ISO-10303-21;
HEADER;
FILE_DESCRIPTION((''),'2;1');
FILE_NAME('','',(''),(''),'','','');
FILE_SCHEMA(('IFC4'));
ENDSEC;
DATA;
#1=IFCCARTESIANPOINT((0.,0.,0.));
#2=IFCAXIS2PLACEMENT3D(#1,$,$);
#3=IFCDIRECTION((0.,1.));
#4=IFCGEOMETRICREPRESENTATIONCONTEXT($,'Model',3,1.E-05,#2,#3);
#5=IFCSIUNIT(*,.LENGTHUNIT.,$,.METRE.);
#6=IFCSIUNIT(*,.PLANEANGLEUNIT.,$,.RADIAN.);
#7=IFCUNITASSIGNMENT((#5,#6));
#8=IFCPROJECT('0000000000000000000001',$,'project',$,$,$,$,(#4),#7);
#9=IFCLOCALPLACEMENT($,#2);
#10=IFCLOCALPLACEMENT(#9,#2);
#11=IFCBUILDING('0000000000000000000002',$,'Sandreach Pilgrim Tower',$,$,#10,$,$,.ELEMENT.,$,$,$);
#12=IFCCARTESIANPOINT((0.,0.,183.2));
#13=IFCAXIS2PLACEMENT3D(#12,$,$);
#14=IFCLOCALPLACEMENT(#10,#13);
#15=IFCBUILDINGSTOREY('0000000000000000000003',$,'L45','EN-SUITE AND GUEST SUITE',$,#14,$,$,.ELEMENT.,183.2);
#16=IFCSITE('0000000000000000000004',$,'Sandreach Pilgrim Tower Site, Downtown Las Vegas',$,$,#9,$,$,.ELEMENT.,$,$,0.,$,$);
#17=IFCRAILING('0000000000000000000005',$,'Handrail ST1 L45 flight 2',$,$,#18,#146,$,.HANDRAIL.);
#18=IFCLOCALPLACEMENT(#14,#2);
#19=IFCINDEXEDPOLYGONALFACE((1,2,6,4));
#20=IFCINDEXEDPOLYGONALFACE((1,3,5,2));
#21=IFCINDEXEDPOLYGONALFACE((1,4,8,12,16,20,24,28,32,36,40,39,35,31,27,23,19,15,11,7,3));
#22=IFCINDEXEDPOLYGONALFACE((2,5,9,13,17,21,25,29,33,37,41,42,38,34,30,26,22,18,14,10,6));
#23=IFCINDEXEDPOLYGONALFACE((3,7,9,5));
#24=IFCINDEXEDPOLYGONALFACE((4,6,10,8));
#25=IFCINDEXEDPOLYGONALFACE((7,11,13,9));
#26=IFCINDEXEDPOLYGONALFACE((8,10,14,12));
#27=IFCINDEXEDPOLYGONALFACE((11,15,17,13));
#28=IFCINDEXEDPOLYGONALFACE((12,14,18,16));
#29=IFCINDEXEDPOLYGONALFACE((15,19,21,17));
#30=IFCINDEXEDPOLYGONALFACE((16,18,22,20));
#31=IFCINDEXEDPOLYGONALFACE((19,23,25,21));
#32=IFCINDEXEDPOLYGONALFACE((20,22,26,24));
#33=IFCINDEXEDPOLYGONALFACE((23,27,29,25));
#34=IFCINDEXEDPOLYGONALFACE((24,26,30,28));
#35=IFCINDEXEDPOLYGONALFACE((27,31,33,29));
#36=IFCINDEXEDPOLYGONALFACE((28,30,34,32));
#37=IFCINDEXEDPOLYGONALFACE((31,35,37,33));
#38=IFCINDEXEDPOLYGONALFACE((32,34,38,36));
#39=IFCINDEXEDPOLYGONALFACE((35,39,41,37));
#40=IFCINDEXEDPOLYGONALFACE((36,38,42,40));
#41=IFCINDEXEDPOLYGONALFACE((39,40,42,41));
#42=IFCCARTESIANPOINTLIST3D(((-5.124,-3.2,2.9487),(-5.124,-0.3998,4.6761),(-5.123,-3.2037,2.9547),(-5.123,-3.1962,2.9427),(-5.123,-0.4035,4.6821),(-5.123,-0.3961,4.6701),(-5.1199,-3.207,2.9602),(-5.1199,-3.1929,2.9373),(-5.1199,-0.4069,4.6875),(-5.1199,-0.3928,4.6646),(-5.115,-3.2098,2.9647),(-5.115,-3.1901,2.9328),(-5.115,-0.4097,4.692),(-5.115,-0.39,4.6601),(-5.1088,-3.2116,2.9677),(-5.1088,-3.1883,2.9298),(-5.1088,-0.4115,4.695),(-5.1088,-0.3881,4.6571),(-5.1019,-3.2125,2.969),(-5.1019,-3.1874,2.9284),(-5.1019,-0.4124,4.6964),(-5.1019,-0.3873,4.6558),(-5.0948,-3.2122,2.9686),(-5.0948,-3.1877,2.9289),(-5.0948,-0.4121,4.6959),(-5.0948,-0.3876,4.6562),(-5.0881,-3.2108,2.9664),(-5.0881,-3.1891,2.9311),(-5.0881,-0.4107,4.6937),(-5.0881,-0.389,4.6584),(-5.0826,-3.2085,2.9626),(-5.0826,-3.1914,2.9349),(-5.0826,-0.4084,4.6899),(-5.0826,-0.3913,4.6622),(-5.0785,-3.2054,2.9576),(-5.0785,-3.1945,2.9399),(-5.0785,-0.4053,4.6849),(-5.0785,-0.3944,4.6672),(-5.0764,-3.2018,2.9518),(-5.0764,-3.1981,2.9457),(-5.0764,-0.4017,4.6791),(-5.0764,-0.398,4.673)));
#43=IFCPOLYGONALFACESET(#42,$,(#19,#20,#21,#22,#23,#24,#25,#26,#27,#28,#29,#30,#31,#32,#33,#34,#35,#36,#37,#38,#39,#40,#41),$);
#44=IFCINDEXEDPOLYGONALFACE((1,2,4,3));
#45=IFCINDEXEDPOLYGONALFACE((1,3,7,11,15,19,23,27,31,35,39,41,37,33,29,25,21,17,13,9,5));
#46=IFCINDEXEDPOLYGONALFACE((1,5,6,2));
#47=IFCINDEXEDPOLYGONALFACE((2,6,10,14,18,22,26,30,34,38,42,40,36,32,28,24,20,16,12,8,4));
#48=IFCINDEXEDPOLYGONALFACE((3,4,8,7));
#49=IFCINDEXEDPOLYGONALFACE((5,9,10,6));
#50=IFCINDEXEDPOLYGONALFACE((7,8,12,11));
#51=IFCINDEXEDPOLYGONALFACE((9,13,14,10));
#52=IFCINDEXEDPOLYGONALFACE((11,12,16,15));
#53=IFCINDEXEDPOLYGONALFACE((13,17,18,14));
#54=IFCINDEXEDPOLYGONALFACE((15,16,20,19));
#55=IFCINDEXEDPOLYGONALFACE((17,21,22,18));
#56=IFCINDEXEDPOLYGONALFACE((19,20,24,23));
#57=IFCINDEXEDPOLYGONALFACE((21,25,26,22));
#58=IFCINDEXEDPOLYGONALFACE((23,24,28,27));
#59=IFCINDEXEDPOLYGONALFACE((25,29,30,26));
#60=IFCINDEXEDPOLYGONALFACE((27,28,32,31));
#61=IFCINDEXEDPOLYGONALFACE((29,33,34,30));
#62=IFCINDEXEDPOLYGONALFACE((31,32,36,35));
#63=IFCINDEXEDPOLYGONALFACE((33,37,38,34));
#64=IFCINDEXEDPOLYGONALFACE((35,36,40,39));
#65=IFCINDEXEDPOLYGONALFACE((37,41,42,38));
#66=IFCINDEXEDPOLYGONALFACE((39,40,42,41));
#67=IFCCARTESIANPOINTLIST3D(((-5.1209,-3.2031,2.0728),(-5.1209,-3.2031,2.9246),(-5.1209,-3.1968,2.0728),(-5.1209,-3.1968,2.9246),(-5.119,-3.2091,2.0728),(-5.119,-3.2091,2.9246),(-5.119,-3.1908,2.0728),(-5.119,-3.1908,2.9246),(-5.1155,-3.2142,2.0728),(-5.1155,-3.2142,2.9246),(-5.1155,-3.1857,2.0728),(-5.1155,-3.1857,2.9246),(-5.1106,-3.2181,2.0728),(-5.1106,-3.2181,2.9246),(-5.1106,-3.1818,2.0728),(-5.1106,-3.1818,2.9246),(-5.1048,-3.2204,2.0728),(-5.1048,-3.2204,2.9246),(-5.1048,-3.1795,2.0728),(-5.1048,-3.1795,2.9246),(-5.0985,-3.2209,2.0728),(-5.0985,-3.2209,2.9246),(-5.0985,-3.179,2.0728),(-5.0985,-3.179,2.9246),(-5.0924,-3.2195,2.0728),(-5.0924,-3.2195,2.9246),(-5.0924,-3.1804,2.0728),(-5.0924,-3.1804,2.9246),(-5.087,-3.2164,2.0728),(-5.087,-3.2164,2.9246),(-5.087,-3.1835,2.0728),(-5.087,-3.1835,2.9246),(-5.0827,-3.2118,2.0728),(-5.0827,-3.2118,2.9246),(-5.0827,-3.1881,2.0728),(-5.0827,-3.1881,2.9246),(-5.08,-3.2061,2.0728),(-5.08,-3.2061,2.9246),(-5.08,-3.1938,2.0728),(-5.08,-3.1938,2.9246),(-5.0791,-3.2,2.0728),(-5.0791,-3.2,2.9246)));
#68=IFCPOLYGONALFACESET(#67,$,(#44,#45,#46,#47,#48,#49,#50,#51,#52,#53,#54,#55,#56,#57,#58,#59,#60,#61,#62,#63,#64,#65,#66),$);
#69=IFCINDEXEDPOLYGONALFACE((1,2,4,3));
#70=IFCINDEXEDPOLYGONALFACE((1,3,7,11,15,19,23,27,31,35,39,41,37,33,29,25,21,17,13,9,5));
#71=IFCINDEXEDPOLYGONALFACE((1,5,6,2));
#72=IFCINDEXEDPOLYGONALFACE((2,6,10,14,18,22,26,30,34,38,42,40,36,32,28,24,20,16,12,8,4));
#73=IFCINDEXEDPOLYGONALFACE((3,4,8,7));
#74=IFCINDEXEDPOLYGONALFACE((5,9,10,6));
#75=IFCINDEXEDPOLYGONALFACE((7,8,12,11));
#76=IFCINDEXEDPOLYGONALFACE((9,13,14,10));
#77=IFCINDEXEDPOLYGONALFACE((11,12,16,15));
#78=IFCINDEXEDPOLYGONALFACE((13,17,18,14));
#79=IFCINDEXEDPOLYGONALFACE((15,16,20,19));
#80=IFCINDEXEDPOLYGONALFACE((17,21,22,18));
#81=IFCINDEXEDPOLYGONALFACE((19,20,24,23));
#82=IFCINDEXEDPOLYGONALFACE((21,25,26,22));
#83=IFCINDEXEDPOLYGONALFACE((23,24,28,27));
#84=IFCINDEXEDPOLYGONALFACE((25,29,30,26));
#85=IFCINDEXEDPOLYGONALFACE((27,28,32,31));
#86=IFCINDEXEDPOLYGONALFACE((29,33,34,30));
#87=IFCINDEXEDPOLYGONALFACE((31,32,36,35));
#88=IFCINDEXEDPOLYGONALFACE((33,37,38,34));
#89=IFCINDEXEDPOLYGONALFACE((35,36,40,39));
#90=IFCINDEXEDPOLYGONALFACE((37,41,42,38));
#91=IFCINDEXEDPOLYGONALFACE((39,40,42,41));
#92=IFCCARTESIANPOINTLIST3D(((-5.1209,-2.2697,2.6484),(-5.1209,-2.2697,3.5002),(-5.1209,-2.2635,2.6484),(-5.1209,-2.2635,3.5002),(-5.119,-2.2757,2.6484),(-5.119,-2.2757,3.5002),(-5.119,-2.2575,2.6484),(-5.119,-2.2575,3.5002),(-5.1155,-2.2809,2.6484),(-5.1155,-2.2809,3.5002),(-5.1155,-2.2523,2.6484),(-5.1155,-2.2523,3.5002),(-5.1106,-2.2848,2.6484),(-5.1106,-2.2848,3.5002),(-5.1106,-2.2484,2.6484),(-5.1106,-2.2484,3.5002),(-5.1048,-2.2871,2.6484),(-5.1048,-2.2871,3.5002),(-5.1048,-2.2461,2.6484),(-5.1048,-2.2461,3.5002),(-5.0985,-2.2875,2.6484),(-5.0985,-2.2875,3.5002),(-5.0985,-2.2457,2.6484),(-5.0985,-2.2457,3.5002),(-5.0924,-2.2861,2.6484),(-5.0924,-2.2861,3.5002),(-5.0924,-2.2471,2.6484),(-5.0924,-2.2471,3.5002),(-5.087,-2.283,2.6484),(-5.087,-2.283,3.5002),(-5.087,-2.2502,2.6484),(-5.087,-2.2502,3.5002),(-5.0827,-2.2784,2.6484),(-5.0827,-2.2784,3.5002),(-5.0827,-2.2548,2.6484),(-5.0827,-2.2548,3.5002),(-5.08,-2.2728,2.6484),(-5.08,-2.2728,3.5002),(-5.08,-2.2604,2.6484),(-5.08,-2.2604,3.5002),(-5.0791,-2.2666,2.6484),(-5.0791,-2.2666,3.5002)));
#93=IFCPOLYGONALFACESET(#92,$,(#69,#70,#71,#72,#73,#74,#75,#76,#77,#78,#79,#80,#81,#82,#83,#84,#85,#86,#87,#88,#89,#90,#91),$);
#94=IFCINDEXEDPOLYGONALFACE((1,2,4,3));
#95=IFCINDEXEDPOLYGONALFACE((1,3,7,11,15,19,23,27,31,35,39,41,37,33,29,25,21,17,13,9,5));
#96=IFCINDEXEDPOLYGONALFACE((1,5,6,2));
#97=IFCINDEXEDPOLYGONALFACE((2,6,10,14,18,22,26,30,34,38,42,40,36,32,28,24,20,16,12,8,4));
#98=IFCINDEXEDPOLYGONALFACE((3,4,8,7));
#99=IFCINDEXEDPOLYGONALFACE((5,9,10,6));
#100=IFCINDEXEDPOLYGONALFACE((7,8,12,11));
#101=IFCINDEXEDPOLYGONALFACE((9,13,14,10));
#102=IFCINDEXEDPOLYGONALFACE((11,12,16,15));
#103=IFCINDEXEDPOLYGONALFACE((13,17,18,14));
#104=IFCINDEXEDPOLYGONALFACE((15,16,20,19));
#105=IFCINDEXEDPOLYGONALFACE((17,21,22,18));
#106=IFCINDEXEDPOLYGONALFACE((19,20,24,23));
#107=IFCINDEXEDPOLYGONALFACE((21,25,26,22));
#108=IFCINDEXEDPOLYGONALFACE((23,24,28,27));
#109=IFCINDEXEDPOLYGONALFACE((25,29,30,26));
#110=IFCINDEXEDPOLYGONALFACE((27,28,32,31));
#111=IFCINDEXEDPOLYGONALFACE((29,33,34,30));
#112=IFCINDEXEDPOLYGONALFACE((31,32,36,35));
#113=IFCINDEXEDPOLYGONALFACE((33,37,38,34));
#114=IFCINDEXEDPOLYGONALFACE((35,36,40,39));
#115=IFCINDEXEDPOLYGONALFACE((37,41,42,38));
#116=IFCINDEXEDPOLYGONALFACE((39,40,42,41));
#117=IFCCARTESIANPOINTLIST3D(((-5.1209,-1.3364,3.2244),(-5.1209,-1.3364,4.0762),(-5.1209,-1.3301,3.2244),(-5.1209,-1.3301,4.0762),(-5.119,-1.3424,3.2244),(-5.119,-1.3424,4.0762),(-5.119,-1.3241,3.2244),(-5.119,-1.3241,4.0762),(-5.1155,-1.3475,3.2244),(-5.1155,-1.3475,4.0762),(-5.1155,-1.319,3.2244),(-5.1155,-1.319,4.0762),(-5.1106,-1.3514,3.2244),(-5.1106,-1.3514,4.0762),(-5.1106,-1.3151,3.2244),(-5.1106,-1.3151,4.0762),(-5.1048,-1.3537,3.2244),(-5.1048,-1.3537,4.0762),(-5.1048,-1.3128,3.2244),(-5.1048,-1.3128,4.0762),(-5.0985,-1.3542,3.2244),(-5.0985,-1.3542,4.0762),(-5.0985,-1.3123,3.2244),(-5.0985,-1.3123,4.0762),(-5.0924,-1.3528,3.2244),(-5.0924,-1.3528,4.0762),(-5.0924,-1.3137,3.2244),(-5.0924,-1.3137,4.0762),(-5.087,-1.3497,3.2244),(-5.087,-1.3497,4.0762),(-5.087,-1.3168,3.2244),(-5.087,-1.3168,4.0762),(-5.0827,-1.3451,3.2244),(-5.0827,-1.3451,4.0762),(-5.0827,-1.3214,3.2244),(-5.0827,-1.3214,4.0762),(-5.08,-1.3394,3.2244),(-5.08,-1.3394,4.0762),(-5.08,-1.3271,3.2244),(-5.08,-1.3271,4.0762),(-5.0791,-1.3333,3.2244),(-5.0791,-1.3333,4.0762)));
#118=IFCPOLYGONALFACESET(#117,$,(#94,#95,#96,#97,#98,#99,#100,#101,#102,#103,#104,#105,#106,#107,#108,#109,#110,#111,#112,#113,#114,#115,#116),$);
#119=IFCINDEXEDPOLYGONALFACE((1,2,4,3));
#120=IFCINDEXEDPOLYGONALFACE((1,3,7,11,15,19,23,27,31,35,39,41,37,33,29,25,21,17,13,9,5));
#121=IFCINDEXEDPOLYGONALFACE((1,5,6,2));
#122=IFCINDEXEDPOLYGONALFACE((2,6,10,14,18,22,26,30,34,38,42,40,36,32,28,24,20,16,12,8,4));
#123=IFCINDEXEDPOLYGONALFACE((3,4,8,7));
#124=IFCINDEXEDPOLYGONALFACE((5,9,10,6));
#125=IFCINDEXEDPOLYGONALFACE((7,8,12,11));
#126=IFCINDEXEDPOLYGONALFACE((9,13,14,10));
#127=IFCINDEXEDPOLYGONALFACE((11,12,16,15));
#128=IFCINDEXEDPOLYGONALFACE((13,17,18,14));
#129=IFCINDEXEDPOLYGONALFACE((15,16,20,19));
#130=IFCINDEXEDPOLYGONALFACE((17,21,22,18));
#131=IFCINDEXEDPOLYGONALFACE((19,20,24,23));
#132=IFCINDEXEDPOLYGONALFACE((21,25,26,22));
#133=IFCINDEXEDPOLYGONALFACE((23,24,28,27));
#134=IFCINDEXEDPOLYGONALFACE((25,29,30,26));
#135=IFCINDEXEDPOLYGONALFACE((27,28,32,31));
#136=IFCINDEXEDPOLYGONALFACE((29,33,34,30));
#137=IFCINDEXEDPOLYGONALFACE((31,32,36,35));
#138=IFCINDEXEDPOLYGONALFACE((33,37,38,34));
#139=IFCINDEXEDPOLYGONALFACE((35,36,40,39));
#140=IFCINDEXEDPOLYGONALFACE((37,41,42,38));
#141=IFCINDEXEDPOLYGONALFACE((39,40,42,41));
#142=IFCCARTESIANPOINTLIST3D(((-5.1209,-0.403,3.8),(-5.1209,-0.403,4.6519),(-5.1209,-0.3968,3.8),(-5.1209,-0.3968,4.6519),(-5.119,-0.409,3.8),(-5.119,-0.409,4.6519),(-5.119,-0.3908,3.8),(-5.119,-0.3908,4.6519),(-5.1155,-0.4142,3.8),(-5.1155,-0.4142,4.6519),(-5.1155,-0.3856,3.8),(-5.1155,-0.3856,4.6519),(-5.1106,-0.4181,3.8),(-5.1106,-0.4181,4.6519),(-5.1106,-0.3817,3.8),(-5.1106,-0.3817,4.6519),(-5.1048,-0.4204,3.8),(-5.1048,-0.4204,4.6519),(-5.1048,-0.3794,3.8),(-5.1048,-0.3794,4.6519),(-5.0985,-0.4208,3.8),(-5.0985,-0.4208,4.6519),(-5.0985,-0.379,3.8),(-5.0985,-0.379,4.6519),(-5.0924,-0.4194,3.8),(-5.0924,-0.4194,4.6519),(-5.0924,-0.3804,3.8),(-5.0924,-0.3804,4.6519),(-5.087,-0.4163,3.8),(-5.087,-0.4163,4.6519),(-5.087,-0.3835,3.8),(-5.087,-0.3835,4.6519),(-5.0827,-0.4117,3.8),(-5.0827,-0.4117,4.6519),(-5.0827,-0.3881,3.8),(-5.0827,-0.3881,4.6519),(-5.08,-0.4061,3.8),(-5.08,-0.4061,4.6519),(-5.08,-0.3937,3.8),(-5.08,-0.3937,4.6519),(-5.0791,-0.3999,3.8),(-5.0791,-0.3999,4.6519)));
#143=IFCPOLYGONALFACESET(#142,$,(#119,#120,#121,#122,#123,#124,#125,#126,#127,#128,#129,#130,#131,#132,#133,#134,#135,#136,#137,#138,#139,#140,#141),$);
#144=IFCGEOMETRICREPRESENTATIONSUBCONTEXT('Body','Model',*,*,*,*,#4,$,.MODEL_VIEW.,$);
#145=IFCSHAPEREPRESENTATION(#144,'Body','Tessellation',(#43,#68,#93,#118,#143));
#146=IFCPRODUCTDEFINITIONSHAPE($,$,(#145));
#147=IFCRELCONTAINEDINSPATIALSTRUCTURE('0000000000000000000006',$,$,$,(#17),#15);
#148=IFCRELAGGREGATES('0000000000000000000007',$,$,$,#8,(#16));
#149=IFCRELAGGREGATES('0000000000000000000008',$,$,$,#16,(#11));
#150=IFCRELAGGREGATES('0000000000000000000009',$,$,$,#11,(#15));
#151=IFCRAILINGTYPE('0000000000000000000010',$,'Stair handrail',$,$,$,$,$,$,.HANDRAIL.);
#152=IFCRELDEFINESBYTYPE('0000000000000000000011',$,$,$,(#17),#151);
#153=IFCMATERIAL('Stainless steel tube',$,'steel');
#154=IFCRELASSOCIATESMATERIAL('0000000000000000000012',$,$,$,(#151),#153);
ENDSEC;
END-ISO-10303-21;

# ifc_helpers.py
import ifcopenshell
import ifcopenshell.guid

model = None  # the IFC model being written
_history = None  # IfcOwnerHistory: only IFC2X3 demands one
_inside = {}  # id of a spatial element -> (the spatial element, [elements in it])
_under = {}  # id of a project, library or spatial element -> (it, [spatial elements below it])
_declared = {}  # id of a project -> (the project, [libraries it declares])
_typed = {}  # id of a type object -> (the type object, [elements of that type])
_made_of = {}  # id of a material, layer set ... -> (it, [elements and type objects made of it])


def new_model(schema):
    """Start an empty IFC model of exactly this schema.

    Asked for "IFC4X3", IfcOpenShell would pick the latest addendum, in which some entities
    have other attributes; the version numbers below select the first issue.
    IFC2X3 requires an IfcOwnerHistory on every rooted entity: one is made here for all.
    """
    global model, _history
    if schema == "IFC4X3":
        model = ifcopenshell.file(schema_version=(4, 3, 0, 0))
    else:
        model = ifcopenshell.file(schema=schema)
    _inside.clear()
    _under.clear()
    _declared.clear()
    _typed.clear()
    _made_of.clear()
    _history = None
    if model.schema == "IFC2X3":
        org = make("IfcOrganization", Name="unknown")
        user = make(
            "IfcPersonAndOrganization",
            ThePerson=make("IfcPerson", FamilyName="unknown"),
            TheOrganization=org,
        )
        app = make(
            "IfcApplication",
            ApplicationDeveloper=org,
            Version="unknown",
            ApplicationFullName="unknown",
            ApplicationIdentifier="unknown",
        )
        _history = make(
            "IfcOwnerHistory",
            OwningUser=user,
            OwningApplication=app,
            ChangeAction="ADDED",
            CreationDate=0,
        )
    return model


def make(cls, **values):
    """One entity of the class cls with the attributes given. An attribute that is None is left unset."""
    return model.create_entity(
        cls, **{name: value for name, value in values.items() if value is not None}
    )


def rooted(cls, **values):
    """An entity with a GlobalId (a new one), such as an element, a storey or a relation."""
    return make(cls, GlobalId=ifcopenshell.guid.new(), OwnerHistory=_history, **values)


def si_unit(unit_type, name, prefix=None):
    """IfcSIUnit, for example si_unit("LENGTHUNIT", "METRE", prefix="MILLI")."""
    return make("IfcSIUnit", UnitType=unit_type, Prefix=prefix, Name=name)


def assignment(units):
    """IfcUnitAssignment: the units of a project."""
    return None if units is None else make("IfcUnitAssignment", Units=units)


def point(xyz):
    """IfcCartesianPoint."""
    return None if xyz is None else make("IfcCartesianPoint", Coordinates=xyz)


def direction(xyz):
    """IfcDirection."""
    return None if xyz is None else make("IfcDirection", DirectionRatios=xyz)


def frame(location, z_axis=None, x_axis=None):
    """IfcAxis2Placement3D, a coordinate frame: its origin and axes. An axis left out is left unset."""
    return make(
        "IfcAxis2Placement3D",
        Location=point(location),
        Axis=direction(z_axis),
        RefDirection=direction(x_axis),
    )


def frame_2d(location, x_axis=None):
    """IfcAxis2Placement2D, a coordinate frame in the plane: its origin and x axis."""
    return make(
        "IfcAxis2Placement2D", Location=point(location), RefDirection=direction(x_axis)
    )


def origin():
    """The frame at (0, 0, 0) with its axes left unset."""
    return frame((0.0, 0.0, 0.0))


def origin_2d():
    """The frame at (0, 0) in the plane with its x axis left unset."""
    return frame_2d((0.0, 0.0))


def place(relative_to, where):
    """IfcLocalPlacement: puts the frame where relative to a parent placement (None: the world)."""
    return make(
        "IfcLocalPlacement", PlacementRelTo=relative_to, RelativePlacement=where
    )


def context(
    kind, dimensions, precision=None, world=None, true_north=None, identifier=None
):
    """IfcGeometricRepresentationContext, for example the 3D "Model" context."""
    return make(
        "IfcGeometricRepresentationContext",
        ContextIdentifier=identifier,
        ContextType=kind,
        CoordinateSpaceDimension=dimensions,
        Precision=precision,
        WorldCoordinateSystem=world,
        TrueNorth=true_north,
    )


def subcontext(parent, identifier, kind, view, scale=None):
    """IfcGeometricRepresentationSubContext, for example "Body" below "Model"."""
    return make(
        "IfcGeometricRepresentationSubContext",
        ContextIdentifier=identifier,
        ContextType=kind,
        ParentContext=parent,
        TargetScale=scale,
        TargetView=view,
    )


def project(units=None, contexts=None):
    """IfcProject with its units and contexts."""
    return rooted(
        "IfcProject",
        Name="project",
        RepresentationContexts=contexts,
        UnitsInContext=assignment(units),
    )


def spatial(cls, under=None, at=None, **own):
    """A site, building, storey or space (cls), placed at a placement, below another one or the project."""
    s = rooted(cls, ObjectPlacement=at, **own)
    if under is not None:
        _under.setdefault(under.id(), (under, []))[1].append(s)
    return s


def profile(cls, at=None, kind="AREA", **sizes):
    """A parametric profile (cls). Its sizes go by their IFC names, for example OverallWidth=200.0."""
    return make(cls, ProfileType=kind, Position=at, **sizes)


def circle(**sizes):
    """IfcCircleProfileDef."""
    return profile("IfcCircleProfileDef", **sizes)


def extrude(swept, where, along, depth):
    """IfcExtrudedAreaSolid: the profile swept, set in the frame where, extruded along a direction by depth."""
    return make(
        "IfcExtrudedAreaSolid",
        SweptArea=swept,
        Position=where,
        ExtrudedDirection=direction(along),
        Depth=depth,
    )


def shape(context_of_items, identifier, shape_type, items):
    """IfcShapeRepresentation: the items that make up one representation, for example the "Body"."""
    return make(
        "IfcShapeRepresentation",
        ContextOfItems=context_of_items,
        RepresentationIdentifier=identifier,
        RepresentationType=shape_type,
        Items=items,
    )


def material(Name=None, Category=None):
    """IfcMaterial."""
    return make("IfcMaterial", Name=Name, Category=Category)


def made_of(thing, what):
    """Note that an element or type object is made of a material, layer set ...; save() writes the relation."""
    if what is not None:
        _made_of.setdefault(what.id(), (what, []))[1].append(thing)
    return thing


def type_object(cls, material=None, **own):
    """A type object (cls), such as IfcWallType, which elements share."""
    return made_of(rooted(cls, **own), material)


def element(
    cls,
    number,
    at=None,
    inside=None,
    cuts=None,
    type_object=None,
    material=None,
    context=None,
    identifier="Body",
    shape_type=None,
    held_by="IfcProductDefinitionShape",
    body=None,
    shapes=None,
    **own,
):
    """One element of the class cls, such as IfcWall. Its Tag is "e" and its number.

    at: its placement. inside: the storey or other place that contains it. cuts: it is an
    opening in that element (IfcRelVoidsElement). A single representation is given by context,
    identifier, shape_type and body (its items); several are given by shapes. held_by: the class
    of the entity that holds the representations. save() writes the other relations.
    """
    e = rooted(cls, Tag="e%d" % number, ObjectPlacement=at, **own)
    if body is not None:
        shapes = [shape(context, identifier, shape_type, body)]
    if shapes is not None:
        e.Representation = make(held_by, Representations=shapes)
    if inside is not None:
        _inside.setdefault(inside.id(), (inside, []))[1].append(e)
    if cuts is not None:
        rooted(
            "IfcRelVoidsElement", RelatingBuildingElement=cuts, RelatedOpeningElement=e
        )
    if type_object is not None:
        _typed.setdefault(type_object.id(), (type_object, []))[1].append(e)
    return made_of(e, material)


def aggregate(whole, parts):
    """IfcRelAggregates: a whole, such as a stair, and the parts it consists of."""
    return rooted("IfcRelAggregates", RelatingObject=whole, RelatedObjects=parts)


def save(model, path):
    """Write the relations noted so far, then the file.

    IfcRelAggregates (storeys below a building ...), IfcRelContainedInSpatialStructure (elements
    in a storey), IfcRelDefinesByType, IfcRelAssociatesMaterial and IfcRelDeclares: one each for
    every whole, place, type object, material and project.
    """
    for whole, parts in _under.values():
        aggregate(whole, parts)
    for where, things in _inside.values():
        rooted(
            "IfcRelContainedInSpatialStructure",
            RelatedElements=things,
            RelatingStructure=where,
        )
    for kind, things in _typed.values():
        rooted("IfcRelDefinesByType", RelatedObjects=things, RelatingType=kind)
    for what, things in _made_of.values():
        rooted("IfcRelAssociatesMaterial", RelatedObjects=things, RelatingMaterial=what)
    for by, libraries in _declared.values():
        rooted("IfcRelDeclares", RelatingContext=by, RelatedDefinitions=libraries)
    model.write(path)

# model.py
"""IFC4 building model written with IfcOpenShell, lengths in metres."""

from ifc_helpers import new_model, si_unit, direction, frame, origin, origin_2d, place, context, subcontext, project, spatial, circle, extrude, material, type_object, element, save


model = new_model("IFC4")

# Units and contexts
model_context = context("Model", 3, precision=1e-05, world=origin(), true_north=direction((0.0, 1.0)))
body_context = subcontext(model_context, "Body", "Model", "MODEL_VIEW")
ifc_project = project(units=[si_unit("LENGTHUNIT", "METRE"), si_unit("PLANEANGLEUNIT", "RADIAN")], contexts=[model_context])

# Site, building, storey
site_placement = place(None, origin())
site = spatial("IfcSite", under=ifc_project, at=site_placement, Name="Sandreach Pilgrim Tower Site, Downtown Las Vegas", CompositionType="ELEMENT", RefElevation=0.0)
building_placement = place(site_placement, origin())
building = spatial("IfcBuilding", under=site, at=building_placement, Name="Sandreach Pilgrim Tower", CompositionType="ELEMENT")
storey_placement = place(building_placement, frame((0.0, 0.0, 183.2)))
storey = spatial("IfcBuildingStorey", under=building, at=storey_placement, Name="L45", Description="EN-SUITE AND GUEST SUITE", CompositionType="ELEMENT", Elevation=183.2)

# Railing
ifc_material_1 = material(Name="Stainless steel tube", Category="steel")
railing_type = type_object("IfcRailingType", Name="Stair handrail", PredefinedType="HANDRAIL", material=ifc_material_1)
for number, where, name in (
    (1, (-5.1001, -3.2, 2.0728), "Handrail ST1 L45 flight 2"),
):
    element("IfcRailing", number, at=place(storey_placement, frame(where)), inside=storey, type_object=railing_type, Name=name, PredefinedType="HANDRAIL", context=body_context, shape_type="SweptSolid", body=[
        extrude(circle(Radius=0.0239, at=origin_2d()), frame((0.0, 0.0, 0.876), z_axis=(0.0, 0.85109, 0.52502), x_axis=(-1.0, 0.0, 0.0)), (0.0, 0.0, 1.0), 3.29),
        extrude(circle(Radius=0.021, at=origin_2d()), origin(), (0.0, 0.0, 1.0), 0.8518),
        extrude(circle(Radius=0.021, at=origin_2d()), frame((0.0, 0.9333, 0.5757)), (0.0, 0.0, 1.0), 0.8518),
        extrude(circle(Radius=0.021, at=origin_2d()), frame((0.0, 1.8667, 1.1516)), (0.0, 0.0, 1.0), 0.8518),
        extrude(circle(Radius=0.021, at=origin_2d()), frame((0.0, 2.8, 1.7273)), (0.0, 0.0, 1.0), 0.8518),
    ])

save(model, "model.ifc")
